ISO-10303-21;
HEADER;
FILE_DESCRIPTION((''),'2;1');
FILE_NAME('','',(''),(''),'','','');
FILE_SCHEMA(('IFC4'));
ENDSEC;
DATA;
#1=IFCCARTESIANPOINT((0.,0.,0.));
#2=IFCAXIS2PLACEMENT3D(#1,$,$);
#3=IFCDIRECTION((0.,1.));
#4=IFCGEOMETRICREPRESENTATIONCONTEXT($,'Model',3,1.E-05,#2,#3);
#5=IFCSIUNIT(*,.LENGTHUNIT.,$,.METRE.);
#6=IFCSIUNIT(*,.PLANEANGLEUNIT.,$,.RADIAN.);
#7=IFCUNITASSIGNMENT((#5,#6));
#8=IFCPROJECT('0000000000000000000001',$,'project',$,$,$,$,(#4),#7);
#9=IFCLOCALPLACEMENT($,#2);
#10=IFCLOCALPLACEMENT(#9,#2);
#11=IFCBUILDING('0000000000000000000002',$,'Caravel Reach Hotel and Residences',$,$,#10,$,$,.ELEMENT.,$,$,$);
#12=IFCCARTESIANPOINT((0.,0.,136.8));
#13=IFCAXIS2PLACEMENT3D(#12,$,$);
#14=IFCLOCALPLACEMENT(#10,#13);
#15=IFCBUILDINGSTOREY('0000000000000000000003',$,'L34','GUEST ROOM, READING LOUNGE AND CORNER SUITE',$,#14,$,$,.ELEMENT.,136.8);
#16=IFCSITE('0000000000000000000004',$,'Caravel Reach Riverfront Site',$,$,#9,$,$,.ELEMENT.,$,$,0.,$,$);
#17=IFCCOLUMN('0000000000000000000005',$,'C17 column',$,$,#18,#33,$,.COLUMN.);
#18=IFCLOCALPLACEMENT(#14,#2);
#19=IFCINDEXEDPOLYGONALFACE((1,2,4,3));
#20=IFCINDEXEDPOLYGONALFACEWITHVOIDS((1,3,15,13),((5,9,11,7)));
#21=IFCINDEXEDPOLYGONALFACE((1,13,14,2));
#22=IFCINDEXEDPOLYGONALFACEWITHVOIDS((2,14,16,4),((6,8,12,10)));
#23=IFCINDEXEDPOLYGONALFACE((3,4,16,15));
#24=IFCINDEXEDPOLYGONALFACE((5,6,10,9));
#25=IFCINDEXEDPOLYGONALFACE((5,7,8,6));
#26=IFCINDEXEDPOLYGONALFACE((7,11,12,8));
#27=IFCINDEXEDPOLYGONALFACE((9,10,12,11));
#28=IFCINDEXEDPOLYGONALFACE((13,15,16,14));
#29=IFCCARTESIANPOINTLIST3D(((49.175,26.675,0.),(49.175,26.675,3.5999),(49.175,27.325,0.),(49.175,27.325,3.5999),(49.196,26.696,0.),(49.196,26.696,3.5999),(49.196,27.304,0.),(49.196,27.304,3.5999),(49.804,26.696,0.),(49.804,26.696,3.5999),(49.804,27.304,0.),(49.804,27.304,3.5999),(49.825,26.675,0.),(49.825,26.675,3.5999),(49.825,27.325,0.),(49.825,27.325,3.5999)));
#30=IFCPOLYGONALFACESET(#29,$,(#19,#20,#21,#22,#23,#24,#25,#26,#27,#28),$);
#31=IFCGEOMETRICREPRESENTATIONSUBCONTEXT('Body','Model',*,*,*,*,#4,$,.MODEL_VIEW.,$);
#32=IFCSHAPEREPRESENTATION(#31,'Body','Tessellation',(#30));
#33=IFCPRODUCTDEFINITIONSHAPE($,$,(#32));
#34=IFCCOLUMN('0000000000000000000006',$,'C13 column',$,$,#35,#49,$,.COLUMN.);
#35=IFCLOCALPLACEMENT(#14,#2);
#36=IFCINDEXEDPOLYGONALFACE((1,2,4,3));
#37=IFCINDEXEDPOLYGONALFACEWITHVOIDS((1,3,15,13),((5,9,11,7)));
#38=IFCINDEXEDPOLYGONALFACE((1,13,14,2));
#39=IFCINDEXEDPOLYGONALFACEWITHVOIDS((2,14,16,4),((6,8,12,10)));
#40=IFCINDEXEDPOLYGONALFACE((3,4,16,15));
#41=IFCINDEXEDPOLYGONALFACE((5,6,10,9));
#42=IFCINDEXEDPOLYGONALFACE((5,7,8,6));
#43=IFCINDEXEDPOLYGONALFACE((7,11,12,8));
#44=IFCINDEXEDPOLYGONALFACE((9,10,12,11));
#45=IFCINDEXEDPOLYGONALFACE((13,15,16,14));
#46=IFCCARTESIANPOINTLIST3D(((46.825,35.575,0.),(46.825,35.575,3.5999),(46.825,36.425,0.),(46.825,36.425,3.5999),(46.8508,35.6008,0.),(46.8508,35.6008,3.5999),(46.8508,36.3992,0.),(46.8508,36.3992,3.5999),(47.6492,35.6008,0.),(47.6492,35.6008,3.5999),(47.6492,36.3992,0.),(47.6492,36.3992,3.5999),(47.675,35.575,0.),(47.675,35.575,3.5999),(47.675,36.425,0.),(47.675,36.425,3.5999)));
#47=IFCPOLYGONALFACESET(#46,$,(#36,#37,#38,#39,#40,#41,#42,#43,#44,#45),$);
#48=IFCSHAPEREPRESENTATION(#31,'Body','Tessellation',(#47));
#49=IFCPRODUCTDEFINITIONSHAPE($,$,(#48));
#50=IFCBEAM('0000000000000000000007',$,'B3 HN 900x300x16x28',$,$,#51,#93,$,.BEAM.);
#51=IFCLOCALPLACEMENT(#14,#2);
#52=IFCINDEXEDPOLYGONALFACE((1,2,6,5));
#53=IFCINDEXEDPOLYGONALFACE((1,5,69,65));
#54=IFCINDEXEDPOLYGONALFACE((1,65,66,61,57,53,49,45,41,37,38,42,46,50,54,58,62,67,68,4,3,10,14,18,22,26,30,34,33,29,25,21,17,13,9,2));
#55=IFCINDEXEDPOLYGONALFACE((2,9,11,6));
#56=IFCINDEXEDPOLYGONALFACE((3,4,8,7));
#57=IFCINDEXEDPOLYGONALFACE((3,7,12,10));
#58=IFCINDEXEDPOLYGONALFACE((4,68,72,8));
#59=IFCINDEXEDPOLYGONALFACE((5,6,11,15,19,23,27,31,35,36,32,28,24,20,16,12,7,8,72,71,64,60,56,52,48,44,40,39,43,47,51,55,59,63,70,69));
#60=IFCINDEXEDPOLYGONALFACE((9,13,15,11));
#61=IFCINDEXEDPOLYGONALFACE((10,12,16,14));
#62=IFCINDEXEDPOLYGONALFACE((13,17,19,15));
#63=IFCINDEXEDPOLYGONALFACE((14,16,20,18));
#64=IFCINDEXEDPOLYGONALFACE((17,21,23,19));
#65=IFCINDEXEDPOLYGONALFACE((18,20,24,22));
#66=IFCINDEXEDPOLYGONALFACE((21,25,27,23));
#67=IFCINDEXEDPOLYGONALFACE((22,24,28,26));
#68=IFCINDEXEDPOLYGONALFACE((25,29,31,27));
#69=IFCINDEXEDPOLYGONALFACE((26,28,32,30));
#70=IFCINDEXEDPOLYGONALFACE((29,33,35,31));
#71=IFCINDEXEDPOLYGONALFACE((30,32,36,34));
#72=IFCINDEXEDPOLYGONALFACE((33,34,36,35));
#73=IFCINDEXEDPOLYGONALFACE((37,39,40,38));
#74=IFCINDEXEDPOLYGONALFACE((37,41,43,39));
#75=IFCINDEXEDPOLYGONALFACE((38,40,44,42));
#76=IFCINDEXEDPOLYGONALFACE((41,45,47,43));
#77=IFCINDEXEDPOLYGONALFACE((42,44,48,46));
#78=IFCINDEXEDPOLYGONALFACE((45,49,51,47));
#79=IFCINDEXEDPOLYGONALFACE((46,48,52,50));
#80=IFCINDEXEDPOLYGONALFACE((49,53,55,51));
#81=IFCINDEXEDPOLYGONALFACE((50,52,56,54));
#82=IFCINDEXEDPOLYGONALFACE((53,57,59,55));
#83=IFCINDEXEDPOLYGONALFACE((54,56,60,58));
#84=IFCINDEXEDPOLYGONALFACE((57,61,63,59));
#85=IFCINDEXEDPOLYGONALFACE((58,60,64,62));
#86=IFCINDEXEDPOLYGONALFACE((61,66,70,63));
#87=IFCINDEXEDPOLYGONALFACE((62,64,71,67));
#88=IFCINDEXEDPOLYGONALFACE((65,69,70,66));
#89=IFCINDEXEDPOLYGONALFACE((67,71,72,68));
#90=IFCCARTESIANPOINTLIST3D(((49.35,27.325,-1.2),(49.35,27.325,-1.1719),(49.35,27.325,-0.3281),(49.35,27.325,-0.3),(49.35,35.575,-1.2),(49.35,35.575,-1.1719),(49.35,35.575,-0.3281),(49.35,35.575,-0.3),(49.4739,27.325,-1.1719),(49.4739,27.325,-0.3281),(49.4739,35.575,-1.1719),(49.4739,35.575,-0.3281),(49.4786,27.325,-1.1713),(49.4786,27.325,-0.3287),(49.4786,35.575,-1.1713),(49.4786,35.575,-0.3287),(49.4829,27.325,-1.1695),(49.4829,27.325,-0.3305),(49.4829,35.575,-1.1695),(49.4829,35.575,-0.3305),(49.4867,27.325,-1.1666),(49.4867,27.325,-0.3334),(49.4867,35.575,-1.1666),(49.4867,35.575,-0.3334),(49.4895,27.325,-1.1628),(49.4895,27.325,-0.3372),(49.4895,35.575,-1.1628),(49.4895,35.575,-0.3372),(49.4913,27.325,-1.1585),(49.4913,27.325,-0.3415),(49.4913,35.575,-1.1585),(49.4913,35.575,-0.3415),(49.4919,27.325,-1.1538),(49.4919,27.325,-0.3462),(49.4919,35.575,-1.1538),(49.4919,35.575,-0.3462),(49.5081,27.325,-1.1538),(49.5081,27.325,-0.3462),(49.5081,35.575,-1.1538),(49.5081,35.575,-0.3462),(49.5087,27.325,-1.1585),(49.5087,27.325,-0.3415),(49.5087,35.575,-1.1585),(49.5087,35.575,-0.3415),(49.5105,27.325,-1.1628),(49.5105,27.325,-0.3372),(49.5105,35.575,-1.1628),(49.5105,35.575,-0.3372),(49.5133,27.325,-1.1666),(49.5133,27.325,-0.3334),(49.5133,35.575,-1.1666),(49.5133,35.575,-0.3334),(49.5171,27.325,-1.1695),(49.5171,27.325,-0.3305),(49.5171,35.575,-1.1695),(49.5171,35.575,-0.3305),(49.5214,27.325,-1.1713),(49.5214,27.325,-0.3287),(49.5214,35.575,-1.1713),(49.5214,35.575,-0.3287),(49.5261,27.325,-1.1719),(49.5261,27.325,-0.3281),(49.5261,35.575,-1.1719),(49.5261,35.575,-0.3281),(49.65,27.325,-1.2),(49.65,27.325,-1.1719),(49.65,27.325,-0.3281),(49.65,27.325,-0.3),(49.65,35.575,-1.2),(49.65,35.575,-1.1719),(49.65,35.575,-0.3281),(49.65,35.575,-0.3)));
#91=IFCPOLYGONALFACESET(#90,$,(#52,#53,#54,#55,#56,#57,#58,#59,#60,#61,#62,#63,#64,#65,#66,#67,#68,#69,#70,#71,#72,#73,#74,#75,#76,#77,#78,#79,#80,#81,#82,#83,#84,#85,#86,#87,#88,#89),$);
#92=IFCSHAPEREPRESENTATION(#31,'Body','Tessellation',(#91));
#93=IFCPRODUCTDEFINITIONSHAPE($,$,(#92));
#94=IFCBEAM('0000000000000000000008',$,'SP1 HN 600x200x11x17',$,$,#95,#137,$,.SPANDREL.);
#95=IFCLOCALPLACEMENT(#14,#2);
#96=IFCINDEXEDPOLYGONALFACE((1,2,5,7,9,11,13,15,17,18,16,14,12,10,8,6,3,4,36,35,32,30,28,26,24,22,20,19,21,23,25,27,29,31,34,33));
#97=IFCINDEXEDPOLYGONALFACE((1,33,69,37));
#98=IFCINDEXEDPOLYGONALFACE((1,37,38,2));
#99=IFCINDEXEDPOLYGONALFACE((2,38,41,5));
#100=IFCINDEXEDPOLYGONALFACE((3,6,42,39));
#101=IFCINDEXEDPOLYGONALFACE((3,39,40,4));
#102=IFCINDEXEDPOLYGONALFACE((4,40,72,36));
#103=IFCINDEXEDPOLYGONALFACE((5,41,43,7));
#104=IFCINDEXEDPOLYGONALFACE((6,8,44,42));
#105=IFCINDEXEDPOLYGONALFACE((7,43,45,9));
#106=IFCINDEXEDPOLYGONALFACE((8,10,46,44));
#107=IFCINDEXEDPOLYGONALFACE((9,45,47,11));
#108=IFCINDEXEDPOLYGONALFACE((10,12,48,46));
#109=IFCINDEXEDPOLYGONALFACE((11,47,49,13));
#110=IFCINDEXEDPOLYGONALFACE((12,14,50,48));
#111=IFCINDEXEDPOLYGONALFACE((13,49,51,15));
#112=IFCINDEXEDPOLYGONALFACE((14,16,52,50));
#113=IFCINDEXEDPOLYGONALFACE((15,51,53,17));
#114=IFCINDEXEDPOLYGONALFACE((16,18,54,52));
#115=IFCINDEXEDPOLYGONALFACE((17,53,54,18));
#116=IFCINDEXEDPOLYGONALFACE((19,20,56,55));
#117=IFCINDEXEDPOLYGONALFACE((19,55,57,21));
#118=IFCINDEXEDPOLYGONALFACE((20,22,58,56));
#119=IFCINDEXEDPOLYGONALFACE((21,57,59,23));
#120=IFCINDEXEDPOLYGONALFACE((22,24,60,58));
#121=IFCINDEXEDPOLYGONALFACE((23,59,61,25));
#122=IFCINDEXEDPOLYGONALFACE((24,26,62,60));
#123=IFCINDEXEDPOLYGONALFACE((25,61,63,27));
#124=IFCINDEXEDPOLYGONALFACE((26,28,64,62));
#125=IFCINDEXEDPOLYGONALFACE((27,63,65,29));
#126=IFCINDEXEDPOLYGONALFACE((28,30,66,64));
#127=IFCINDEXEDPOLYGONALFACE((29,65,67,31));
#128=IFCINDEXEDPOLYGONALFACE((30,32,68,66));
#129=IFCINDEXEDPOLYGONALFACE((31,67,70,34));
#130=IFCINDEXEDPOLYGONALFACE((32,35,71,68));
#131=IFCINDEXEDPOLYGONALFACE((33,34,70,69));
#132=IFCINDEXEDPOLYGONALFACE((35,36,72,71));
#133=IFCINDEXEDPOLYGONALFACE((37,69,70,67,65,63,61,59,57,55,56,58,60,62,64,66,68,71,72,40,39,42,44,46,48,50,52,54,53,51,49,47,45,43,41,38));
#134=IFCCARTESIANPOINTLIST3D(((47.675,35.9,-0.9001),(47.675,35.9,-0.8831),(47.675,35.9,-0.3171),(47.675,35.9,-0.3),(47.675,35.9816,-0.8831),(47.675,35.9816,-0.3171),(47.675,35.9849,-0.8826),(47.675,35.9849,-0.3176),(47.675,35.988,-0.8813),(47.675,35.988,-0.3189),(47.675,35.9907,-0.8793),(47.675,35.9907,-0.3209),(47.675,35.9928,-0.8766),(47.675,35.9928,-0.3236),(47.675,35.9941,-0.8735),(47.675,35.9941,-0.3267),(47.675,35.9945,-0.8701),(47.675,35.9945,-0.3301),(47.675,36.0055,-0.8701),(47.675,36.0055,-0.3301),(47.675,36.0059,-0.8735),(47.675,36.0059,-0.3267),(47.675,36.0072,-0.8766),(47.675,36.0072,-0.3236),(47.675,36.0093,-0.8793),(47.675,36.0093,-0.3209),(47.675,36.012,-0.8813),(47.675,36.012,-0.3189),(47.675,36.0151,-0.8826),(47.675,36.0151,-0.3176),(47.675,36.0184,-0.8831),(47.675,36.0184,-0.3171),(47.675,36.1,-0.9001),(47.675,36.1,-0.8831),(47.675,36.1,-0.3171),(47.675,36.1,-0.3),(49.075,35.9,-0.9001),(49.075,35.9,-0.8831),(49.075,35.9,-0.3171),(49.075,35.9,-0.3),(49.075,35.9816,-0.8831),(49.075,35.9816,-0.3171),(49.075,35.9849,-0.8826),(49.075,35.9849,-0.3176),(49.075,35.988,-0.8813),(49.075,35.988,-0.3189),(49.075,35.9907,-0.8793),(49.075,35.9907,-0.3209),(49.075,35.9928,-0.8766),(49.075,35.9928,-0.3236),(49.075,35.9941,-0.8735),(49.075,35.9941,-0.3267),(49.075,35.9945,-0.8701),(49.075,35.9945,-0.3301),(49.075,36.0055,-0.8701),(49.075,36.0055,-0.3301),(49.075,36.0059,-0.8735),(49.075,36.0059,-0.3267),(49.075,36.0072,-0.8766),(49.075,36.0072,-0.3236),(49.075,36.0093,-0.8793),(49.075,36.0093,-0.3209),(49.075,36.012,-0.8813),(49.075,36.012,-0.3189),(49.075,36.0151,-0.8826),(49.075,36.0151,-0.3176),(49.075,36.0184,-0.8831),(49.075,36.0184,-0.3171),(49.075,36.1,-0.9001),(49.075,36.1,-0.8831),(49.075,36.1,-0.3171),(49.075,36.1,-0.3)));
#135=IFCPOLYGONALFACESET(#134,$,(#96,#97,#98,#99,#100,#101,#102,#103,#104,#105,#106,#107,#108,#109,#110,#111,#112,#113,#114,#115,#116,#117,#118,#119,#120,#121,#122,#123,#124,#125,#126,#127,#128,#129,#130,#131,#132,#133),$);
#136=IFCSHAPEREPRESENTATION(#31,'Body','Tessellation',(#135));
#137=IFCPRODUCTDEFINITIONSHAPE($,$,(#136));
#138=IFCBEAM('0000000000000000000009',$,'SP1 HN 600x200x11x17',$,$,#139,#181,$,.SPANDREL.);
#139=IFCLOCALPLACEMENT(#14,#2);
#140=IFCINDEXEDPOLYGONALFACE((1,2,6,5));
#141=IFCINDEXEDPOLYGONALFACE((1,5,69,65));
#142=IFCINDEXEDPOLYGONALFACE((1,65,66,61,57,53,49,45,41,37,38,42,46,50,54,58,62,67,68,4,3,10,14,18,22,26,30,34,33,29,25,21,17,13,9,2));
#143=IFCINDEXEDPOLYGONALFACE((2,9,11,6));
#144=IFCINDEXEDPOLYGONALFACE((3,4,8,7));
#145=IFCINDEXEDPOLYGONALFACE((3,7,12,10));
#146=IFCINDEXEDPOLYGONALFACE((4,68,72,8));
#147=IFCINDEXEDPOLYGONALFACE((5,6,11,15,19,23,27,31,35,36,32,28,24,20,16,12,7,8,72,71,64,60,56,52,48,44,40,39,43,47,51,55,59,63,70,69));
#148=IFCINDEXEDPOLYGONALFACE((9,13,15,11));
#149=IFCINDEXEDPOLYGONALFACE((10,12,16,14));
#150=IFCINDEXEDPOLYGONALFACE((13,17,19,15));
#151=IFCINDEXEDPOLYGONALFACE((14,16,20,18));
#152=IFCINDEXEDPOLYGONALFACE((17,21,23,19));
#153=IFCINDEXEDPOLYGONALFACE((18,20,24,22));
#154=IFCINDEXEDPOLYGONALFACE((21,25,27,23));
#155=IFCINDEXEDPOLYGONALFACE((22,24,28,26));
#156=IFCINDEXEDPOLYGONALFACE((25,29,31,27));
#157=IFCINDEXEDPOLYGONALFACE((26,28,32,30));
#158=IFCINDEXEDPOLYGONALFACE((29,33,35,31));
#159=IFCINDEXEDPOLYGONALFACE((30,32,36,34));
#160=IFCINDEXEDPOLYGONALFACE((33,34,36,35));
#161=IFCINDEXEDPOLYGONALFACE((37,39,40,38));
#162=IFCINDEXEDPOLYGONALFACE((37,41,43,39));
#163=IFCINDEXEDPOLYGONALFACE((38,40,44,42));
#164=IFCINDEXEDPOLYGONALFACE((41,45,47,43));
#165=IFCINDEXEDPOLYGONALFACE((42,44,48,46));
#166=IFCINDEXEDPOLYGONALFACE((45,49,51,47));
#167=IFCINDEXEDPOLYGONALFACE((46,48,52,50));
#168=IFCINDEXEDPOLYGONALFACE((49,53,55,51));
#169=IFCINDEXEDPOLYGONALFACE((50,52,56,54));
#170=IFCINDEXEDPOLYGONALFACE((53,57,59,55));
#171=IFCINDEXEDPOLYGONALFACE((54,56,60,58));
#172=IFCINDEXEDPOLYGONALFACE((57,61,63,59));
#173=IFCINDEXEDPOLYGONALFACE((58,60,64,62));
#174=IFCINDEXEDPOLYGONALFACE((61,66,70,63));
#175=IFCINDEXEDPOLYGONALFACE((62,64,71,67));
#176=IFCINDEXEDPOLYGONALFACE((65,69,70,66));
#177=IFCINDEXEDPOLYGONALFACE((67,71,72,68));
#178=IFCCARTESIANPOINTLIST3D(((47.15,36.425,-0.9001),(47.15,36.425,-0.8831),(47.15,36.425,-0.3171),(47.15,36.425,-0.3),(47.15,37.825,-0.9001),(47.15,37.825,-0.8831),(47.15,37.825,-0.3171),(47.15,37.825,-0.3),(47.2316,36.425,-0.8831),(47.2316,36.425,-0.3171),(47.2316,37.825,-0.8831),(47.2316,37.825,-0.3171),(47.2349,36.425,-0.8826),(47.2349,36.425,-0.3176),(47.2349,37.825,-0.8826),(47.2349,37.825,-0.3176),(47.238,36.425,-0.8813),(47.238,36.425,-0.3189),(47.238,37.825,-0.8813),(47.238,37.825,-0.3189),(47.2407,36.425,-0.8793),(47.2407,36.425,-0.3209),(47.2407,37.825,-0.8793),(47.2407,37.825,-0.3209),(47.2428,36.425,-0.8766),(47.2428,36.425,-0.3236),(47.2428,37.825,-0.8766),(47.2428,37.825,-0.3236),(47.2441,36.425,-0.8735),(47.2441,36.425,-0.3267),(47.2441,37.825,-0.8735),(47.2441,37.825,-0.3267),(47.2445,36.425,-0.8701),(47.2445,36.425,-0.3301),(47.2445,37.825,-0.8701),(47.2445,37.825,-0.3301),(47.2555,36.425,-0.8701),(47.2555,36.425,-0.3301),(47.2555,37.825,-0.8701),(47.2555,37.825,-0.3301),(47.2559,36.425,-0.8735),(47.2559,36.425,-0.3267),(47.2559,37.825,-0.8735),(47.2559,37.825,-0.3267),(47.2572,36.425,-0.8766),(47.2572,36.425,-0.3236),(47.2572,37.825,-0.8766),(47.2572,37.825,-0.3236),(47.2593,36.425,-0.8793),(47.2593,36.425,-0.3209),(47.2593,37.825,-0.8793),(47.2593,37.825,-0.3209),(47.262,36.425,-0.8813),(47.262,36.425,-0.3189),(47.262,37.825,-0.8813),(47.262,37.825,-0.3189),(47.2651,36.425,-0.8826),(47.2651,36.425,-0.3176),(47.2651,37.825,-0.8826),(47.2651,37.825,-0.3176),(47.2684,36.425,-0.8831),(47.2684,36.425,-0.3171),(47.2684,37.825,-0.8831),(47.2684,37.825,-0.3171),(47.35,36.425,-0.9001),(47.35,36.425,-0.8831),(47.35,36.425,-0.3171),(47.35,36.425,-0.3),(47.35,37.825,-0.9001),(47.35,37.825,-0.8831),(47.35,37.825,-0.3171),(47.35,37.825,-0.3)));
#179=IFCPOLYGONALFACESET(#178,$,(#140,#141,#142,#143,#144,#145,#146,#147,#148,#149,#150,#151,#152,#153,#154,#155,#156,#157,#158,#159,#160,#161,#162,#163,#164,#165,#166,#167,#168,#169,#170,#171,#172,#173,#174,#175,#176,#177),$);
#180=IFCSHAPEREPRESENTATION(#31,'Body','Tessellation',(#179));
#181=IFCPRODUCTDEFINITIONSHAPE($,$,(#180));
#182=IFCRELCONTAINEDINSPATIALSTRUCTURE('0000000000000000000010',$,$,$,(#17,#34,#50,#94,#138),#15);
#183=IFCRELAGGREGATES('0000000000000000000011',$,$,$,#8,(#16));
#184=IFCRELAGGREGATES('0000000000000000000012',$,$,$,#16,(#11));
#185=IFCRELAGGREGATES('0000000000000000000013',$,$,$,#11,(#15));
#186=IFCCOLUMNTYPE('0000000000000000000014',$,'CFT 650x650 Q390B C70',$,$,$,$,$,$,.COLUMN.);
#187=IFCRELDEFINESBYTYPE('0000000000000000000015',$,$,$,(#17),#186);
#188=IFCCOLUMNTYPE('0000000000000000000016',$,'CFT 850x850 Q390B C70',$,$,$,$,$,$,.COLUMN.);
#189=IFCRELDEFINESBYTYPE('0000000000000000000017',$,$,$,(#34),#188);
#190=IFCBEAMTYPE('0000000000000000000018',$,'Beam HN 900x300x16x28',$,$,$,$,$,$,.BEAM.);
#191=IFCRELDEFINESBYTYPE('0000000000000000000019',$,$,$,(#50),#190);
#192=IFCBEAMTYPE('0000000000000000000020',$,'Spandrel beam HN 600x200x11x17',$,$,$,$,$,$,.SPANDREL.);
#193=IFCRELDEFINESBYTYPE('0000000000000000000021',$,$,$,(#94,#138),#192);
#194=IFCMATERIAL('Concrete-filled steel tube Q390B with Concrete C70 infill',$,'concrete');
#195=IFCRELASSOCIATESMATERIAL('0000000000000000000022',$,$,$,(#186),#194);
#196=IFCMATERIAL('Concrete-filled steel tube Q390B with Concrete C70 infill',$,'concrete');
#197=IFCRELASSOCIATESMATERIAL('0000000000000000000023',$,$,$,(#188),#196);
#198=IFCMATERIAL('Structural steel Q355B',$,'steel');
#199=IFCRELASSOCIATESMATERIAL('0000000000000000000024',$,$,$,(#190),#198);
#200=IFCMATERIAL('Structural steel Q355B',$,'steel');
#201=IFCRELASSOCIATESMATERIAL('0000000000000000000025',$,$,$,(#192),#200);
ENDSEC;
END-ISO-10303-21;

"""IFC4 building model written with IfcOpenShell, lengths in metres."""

from ifc_helpers import new_model, si_unit, direction, frame, origin, origin_2d, place, context, subcontext, project, spatial, hollow_rectangle, i_section, extrude, material, material_profile, profile_set, type_object, element, save


model = new_model("IFC4")

# Units and contexts
model_context = context("Model", 3, precision=1e-05, world=origin(), true_north=direction((0.0, 1.0)))
body_context = subcontext(model_context, "Body", "Model", "MODEL_VIEW")
ifc_project = project(units=[si_unit("LENGTHUNIT", "METRE"), si_unit("PLANEANGLEUNIT", "RADIAN")], contexts=[model_context])

# Site, building, storey
site_placement = place(None, origin())
site = spatial("IfcSite", under=ifc_project, at=site_placement, Name="Caravel Reach Riverfront Site", CompositionType="ELEMENT", RefElevation=0.0)
building_placement = place(site_placement, origin())
building = spatial("IfcBuilding", under=site, at=building_placement, Name="Caravel Reach Hotel and Residences", CompositionType="ELEMENT")
storey_placement = place(building_placement, frame((0.0, 0.0, 136.8)))
storey = spatial("IfcBuildingStorey", under=building, at=storey_placement, Name="L34", Description="GUEST ROOM, READING LOUNGE AND CORNER SUITE", CompositionType="ELEMENT", Elevation=136.8)

# Columns
ifc_material_1 = material(Name="Concrete-filled steel tube Q390B with Concrete C70 infill", Category="concrete")
ifc_material_profile_1 = material_profile(ifc_material_1, hollow_rectangle(XDim=0.6499, YDim=0.6499, WallThickness=0.021, at=origin_2d()), Name="RHS 650x650x21")
ifc_profile_set_1 = profile_set([ifc_material_profile_1], Name="Concrete-filled steel tube Q390B with Concrete C70 infill")
column_type_1 = type_object("IfcColumnType", Name="CFT 650x650 Q390B C70", PredefinedType="COLUMN", material=ifc_profile_set_1)
column_1_placement = place(storey_placement, frame((49.5, 27.0, 0.0), z_axis=(0.0, 0.0, 1.0), x_axis=(1.0, 0.0, 0.0)))
element("IfcColumn", 1, at=column_1_placement, inside=storey, type_object=column_type_1, Name="C17 column", PredefinedType="COLUMN", context=body_context, shape_type="SweptSolid", body=[
    extrude(hollow_rectangle(XDim=0.6499, YDim=0.6499, WallThickness=0.021, at=origin_2d()), origin(), (0.0, 0.0, 1.0), 3.5999),
])
ifc_material_2 = material(Name="Concrete-filled steel tube Q390B with Concrete C70 infill", Category="concrete")
ifc_material_profile_2 = material_profile(ifc_material_2, hollow_rectangle(XDim=0.8501, YDim=0.8501, WallThickness=0.0259, at=origin_2d()), Name="RHS 850x850x26")
ifc_profile_set_2 = profile_set([ifc_material_profile_2], Name="Concrete-filled steel tube Q390B with Concrete C70 infill")
column_type_2 = type_object("IfcColumnType", Name="CFT 850x850 Q390B C70", PredefinedType="COLUMN", material=ifc_profile_set_2)
column_2_placement = place(storey_placement, frame((47.25, 36.0, 0.0), z_axis=(0.0, 0.0, 1.0), x_axis=(1.0, 0.0, 0.0)))
element("IfcColumn", 2, at=column_2_placement, inside=storey, type_object=column_type_2, Name="C13 column", PredefinedType="COLUMN", context=body_context, shape_type="SweptSolid", body=[
    extrude(hollow_rectangle(XDim=0.8501, YDim=0.8501, WallThickness=0.0259, at=origin_2d()), origin(), (0.0, 0.0, 1.0), 3.5999),
])

# Beams
ifc_material_3 = material(Name="Structural steel Q355B", Category="steel")
ifc_material_profile_3 = material_profile(ifc_material_3, i_section(OverallWidth=0.3, OverallDepth=0.8999, WebThickness=0.0161, FlangeThickness=0.0281, FilletRadius=0.0181, at=origin_2d()), Name="HN 900x300x16x28")
ifc_profile_set_3 = profile_set([ifc_material_profile_3], Name="Structural steel Q355B")
beam_type_1 = type_object("IfcBeamType", Name="Beam HN 900x300x16x28", PredefinedType="BEAM", material=ifc_profile_set_3)
beam_placement = place(storey_placement, frame((49.5, 27.325, -0.75), z_axis=(0.0, 1.0, 0.0), x_axis=(-1.0, 0.0, 0.0)))
element("IfcBeam", 3, at=beam_placement, inside=storey, type_object=beam_type_1, Name="B3 HN 900x300x16x28", PredefinedType="BEAM", context=body_context, shape_type="SweptSolid", body=[
    extrude(i_section(OverallWidth=0.3, OverallDepth=0.8999, WebThickness=0.0161, FlangeThickness=0.0281, FilletRadius=0.0181, at=origin_2d()), origin(), (0.0, 0.0, 1.0), 8.25),
])
ifc_material_4 = material(Name="Structural steel Q355B", Category="steel")
ifc_material_profile_4 = material_profile(ifc_material_4, i_section(OverallWidth=0.2, OverallDepth=0.6001, WebThickness=0.011, FlangeThickness=0.0171, FilletRadius=0.0129, at=origin_2d()), Name="HN 600x200x11x17")
ifc_profile_set_4 = profile_set([ifc_material_profile_4], Name="Structural steel Q355B")
beam_type_2 = type_object("IfcBeamType", Name="Spandrel beam HN 600x200x11x17", PredefinedType="SPANDREL", material=ifc_profile_set_4)
for number, where, z_axis, x_axis, name in (
    (4, (49.075, 36.0, -0.6001), (-1.0, 0.0, 0.0), (0.0, -1.0, 0.0), "SP1 HN 600x200x11x17"),
    (5, (47.25, 36.425, -0.6001), (0.0, 1.0, 0.0), (-1.0, 0.0, 0.0), "SP1 HN 600x200x11x17"),
):
    element("IfcBeam", number, at=place(storey_placement, frame(where, z_axis=z_axis, x_axis=x_axis)), inside=storey, type_object=beam_type_2, Name=name, PredefinedType="SPANDREL", context=body_context, shape_type="SweptSolid", body=[
        extrude(i_section(OverallWidth=0.2, OverallDepth=0.6001, WebThickness=0.011, FlangeThickness=0.0171, FilletRadius=0.0129, at=origin_2d()), origin(), (0.0, 0.0, 1.0), 1.3999),
    ])

save(model, "model.ifc")
